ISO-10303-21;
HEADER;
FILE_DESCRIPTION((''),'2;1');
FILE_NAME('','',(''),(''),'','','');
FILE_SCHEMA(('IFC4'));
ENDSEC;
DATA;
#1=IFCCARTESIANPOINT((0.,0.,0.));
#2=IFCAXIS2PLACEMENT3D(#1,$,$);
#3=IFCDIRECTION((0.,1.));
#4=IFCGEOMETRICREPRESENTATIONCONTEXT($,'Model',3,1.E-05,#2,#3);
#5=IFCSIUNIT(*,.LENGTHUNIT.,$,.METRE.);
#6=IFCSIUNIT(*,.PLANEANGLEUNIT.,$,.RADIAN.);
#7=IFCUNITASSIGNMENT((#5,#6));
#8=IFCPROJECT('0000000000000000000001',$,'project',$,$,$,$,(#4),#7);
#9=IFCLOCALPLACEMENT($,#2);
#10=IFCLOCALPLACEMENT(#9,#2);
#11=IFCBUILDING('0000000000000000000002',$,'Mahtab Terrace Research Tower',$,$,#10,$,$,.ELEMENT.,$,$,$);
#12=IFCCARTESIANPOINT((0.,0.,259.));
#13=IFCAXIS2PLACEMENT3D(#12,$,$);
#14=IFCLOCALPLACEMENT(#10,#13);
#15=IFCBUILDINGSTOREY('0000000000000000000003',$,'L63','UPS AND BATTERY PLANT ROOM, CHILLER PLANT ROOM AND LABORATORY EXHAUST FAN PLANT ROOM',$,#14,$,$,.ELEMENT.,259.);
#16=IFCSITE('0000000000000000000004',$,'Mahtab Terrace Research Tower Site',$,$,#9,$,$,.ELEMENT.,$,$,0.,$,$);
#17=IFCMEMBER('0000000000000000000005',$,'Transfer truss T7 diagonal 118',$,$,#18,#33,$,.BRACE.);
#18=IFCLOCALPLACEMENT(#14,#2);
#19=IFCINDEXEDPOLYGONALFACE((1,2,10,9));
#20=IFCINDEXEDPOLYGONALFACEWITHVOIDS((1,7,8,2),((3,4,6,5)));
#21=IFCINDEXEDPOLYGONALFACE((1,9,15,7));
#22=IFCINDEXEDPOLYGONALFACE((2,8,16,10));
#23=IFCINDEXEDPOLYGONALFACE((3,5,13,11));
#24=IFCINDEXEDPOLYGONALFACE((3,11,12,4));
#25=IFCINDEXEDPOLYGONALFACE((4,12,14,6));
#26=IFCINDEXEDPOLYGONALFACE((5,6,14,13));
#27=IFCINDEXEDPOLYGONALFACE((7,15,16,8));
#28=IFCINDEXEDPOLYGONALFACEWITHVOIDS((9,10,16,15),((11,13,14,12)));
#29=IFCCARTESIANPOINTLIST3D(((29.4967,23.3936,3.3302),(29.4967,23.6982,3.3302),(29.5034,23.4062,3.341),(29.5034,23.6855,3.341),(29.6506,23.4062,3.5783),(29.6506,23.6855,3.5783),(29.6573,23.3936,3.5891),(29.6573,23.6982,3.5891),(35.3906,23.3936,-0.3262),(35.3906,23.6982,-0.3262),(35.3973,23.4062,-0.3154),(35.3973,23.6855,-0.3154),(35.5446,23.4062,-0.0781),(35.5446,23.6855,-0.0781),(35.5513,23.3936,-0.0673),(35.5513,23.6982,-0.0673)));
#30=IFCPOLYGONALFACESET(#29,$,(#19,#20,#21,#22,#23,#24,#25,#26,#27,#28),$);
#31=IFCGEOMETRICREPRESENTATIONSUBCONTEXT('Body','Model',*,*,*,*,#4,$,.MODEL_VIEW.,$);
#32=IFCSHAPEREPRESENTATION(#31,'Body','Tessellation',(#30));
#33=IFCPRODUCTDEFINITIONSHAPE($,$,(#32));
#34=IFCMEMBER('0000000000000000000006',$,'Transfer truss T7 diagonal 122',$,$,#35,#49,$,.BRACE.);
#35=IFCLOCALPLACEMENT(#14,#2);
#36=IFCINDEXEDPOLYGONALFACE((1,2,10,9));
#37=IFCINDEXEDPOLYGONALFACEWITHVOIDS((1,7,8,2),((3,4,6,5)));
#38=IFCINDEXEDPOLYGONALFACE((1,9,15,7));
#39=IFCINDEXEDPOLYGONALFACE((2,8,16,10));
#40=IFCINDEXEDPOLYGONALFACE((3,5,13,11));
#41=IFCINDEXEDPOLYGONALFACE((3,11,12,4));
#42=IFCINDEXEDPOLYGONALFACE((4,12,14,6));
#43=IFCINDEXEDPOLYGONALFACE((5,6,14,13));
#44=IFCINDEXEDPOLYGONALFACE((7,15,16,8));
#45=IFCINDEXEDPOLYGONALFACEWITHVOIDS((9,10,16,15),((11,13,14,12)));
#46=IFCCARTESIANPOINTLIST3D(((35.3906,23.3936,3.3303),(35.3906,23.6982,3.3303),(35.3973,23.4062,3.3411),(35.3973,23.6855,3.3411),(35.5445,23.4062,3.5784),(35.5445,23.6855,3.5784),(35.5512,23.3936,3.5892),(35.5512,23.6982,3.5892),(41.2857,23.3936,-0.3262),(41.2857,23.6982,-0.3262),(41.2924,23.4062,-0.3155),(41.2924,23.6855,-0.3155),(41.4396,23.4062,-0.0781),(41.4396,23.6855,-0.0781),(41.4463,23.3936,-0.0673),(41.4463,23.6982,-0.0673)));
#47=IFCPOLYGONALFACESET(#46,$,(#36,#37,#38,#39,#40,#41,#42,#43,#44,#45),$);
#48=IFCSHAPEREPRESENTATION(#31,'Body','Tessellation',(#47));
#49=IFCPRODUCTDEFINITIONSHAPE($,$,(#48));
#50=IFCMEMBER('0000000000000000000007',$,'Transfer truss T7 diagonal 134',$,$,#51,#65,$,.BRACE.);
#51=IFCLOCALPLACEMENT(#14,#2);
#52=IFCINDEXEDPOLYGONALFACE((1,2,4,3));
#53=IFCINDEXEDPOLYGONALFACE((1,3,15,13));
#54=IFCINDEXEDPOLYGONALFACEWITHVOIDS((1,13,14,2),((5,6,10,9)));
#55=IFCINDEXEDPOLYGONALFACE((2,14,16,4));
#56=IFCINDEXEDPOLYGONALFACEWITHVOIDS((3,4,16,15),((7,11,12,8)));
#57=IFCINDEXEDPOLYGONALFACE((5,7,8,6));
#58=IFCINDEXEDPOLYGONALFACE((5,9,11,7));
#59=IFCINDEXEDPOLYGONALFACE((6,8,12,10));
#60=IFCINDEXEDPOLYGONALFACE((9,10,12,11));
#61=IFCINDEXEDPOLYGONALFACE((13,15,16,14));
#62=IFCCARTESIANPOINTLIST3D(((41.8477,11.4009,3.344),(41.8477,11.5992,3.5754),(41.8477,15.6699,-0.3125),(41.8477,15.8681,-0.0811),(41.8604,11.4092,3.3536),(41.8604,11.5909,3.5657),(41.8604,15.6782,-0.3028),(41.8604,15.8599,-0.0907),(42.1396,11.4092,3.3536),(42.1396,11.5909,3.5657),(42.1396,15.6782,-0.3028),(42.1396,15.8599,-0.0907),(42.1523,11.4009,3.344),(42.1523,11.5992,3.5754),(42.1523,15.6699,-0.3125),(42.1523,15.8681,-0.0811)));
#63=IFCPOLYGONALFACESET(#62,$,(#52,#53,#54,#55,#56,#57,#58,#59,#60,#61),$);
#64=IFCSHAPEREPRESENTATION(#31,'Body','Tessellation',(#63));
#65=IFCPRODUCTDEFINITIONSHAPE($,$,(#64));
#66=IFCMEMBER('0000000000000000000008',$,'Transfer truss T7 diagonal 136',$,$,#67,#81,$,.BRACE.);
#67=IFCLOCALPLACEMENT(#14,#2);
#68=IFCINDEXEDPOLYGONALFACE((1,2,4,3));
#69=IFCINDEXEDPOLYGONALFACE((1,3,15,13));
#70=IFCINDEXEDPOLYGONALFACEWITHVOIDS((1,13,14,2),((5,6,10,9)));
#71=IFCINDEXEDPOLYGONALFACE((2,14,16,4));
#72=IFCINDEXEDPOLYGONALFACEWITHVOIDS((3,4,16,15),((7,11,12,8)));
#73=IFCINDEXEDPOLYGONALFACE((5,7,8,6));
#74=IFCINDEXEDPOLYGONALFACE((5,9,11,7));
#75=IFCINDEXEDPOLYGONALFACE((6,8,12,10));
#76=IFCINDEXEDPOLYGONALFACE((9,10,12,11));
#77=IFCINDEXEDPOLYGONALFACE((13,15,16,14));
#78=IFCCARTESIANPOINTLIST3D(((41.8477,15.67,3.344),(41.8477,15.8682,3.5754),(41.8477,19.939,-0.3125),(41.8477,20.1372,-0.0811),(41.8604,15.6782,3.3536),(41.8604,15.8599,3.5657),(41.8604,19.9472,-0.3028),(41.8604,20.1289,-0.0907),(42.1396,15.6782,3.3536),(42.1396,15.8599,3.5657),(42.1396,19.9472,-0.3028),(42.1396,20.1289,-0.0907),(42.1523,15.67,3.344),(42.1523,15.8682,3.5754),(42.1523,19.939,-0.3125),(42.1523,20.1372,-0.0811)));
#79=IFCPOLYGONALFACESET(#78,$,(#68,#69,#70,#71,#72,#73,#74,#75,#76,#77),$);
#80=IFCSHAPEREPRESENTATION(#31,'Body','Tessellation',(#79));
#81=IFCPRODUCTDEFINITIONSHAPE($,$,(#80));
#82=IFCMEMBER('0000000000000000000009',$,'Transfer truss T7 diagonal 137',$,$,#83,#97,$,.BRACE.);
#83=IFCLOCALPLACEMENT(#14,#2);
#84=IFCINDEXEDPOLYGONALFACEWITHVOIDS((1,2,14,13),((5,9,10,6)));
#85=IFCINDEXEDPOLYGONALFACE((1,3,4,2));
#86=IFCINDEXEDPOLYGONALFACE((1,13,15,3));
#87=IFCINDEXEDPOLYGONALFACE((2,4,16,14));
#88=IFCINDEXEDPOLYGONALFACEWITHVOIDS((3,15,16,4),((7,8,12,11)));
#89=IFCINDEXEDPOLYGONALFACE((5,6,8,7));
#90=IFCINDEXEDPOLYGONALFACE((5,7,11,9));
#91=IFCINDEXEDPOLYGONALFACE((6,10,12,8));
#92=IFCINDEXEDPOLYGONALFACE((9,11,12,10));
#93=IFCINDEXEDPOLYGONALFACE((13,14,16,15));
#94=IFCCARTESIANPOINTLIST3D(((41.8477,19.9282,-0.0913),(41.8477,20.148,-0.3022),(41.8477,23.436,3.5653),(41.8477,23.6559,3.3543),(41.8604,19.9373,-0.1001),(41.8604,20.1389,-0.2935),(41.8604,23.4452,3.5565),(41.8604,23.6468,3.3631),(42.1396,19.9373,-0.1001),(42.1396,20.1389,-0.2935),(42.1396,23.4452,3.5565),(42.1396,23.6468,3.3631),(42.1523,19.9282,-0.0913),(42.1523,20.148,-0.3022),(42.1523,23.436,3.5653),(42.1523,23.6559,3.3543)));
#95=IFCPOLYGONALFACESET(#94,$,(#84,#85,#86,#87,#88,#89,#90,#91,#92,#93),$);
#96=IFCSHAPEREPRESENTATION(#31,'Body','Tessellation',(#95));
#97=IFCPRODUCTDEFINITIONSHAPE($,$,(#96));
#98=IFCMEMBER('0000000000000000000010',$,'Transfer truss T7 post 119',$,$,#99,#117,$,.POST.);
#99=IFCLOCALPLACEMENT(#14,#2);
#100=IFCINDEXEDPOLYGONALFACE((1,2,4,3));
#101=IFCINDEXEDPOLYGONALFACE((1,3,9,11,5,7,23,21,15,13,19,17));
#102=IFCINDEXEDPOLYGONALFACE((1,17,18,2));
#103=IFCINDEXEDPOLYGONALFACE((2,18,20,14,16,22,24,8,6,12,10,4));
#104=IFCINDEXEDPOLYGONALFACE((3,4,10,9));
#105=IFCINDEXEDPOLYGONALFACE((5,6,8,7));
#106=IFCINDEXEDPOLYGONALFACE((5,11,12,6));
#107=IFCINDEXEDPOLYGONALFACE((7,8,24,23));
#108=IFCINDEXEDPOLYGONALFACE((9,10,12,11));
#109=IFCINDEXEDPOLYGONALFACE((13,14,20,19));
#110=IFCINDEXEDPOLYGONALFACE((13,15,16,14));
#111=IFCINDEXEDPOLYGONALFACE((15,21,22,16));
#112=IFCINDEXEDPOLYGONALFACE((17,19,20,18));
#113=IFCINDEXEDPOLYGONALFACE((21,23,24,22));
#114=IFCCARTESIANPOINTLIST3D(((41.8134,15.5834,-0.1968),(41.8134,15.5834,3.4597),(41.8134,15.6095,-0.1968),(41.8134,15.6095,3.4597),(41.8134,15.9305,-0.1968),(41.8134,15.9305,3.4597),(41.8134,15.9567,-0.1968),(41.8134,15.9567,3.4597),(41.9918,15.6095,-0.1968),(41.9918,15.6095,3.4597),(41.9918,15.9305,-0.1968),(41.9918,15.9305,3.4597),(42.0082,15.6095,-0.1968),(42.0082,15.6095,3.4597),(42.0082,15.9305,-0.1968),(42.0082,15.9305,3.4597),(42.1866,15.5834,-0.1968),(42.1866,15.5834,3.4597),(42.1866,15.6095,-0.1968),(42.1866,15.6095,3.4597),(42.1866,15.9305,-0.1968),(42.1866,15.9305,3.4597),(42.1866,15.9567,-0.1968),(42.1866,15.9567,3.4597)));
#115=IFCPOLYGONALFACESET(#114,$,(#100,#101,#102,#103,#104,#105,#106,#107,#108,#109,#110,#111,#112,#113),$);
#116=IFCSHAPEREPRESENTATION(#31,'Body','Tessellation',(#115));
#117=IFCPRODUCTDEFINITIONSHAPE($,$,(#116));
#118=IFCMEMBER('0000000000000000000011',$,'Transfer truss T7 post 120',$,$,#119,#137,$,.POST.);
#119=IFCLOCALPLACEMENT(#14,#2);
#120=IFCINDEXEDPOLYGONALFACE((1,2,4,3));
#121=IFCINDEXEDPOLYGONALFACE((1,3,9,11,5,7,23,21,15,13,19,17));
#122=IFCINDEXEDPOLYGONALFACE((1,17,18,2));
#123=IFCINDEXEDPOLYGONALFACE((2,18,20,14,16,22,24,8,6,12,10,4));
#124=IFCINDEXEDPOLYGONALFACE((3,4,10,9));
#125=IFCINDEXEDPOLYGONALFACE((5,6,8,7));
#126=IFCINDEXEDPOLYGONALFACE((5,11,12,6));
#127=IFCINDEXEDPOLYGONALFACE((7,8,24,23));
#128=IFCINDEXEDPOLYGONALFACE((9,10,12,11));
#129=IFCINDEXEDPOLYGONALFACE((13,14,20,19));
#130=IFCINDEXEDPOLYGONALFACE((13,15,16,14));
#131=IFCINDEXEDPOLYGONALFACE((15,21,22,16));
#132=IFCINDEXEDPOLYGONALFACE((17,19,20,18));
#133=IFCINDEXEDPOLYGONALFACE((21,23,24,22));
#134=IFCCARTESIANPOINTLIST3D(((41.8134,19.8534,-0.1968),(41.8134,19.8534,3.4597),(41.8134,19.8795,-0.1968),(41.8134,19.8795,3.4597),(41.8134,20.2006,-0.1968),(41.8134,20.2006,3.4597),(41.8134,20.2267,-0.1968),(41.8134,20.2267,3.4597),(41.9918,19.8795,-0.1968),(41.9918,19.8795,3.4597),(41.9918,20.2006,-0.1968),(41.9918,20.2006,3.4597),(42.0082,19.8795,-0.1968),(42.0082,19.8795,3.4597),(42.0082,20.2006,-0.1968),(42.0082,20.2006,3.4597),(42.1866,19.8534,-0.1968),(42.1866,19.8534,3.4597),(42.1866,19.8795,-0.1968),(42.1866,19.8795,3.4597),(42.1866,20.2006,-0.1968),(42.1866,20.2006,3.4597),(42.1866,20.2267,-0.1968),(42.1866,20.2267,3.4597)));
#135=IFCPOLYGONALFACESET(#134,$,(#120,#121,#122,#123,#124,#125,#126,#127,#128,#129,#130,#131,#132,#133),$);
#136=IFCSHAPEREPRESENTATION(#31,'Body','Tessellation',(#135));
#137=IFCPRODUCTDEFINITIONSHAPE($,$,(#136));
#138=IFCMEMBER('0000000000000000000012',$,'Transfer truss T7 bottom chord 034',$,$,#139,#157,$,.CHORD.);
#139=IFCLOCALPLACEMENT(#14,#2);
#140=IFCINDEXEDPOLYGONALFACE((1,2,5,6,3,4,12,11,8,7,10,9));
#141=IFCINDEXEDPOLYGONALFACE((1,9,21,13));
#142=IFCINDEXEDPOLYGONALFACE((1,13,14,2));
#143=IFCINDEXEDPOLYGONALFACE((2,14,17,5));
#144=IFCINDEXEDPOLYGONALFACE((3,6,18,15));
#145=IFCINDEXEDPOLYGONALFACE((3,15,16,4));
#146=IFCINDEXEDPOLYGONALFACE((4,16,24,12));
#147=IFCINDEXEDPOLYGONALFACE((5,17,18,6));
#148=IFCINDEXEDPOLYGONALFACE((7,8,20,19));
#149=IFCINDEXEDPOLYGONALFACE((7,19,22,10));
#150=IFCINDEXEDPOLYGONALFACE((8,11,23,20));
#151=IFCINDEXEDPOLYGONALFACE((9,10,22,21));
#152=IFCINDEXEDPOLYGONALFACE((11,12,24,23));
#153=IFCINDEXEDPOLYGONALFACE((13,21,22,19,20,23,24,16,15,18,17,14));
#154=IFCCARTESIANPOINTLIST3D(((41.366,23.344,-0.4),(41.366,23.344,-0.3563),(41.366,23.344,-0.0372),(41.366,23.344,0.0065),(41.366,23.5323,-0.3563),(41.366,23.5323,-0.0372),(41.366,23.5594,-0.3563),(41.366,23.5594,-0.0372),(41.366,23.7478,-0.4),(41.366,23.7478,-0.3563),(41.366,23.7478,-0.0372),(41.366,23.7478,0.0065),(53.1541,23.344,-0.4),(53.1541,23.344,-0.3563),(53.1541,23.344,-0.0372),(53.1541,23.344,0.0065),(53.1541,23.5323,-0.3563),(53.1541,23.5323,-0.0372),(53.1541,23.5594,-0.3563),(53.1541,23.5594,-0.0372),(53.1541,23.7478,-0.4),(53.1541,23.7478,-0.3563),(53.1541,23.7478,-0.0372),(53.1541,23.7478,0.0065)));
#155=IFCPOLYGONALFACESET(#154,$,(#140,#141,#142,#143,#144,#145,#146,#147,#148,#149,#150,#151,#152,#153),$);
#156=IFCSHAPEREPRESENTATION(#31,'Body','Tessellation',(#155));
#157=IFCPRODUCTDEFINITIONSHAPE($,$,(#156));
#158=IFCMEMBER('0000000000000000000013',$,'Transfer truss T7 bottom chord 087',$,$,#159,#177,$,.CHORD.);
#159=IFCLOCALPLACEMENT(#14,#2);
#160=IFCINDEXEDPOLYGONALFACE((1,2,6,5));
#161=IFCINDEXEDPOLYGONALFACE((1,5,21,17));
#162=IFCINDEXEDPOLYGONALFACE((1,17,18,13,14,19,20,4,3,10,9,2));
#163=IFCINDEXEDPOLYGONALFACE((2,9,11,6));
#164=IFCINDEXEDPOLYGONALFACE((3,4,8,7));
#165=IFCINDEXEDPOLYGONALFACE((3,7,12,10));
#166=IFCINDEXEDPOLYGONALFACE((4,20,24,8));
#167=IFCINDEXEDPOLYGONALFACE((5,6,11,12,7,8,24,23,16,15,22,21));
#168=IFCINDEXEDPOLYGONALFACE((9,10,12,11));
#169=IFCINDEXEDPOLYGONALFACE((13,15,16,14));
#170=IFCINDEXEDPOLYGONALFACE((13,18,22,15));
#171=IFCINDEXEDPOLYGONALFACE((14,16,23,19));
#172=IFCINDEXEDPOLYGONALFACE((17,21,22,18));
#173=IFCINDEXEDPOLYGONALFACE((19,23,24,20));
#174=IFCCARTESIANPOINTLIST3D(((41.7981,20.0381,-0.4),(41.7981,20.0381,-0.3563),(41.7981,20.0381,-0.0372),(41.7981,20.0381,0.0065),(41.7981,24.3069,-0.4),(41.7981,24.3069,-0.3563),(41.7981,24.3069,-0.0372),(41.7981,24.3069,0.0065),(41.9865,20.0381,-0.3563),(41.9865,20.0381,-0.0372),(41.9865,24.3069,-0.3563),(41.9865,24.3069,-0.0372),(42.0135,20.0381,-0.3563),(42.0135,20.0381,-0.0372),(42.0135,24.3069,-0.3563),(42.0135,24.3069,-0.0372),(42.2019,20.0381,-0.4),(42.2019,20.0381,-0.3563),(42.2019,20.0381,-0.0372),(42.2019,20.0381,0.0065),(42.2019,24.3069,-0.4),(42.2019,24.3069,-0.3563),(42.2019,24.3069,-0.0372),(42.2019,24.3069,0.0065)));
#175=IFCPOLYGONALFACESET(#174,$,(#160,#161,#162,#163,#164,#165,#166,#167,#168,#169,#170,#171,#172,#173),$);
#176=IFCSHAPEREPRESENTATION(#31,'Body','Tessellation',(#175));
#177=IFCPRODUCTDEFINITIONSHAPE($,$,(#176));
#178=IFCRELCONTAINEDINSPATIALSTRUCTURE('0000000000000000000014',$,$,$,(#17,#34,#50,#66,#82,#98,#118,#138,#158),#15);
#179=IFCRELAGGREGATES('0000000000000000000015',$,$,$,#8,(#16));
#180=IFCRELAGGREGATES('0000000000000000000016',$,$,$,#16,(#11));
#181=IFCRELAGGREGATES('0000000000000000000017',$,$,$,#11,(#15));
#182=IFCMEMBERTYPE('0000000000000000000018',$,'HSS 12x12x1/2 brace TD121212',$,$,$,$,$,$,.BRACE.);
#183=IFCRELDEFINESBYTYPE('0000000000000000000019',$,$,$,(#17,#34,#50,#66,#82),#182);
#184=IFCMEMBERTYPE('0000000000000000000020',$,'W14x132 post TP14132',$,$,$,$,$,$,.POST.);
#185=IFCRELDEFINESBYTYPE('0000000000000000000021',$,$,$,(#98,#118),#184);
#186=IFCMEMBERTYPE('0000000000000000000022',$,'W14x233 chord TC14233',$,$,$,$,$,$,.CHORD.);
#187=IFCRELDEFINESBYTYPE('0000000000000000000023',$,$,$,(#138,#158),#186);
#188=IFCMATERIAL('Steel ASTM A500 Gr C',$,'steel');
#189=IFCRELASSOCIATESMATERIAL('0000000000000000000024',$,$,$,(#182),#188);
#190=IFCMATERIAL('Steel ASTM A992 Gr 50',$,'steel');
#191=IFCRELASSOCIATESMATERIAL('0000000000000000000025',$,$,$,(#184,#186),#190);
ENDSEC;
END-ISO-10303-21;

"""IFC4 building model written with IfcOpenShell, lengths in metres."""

from ifc_helpers import new_model, si_unit, direction, frame, origin, origin_2d, place, context, subcontext, project, spatial, hollow_rectangle, i_section, extrude, material, material_profile, profile_set, type_object, element, save


model = new_model("IFC4")

# Units and contexts
model_context = context("Model", 3, precision=1e-05, world=origin(), true_north=direction((0.0, 1.0)))
body_context = subcontext(model_context, "Body", "Model", "MODEL_VIEW")
ifc_project = project(units=[si_unit("LENGTHUNIT", "METRE"), si_unit("PLANEANGLEUNIT", "RADIAN")], contexts=[model_context])

# Site, building, storey
site_placement = place(None, origin())
site = spatial("IfcSite", under=ifc_project, at=site_placement, Name="Mahtab Terrace Research Tower Site", CompositionType="ELEMENT", RefElevation=0.0)
building_placement = place(site_placement, origin())
building = spatial("IfcBuilding", under=site, at=building_placement, Name="Mahtab Terrace Research Tower", CompositionType="ELEMENT")
storey_placement = place(building_placement, frame((0.0, 0.0, 259.0)))
storey = spatial("IfcBuildingStorey", under=building, at=storey_placement, Name="L63", Description="UPS AND BATTERY PLANT ROOM, CHILLER PLANT ROOM AND LABORATORY EXHAUST FAN PLANT ROOM", CompositionType="ELEMENT", Elevation=259.0)

# Members
ifc_material_1 = material(Name="Steel ASTM A500 Gr C", Category="steel")
ifc_material_profile_1 = material_profile(ifc_material_1, hollow_rectangle(XDim=0.3047, YDim=0.3047, WallThickness=0.0127, at=origin_2d()), Name="HSS12X12X1/2")
ifc_profile_set_1 = profile_set([ifc_material_profile_1], Name="Steel ASTM A500 Gr C")
member_type_1 = type_object("IfcMemberType", Name="HSS 12x12x1/2 brace TD121212", PredefinedType="BRACE", material=ifc_profile_set_1)
member_1_placement = place(storey_placement, frame((35.4709, 23.5459, -0.1968), z_axis=(-0.849761, 0.0, 0.527167), x_axis=(0.0, -1.0, 0.0)))
element("IfcMember", 1, at=member_1_placement, inside=storey, type_object=member_type_1, Name="Transfer truss T7 diagonal 118", PredefinedType="BRACE", context=body_context, shape_type="SweptSolid", body=[
    extrude(hollow_rectangle(XDim=0.3047, YDim=0.3047, WallThickness=0.0127, at=origin_2d()), origin(), (0.0, 0.0, 1.0), 6.936),
])
member_2_placement = place(storey_placement, frame((41.366, 23.5459, -0.1968), z_axis=(-0.849801, 0.0, 0.527104), x_axis=(0.0, -1.0, 0.0)))
element("IfcMember", 2, at=member_2_placement, inside=storey, type_object=member_type_1, Name="Transfer truss T7 diagonal 122", PredefinedType="BRACE", context=body_context, shape_type="SweptSolid", body=[
    extrude(hollow_rectangle(XDim=0.3047, YDim=0.3047, WallThickness=0.0127, at=origin_2d()), origin(), (0.0, 0.0, 1.0), 6.937),
])
for number, where, z_axis, x_axis, name in (
    (3, (42.0, 15.769, -0.1968), (0.0, -0.759493, 0.650516), (1.0, 0.0, 0.0), "Transfer truss T7 diagonal 134"),
    (4, (42.0, 20.0381, -0.1968), (0.0, -0.759493, 0.650516), (1.0, 0.0, 0.0), "Transfer truss T7 diagonal 136"),
):
    element("IfcMember", number, at=place(storey_placement, frame(where, z_axis=z_axis, x_axis=x_axis)), inside=storey, type_object=member_type_1, Name=name, PredefinedType="BRACE", context=body_context, shape_type="SweptSolid", body=[
        extrude(hollow_rectangle(XDim=0.3047, YDim=0.3047, WallThickness=0.0127, at=origin_2d()), origin(), (0.0, 0.0, 1.0), 5.6208),
    ])
member_3_placement = place(storey_placement, frame((42.0, 20.0381, -0.1968), z_axis=(0.0, 0.692283, 0.721626), x_axis=(-1.0, 0.0, 0.0)))
element("IfcMember", 5, at=member_3_placement, inside=storey, type_object=member_type_1, Name="Transfer truss T7 diagonal 137", PredefinedType="BRACE", context=body_context, shape_type="SweptSolid", body=[
    extrude(hollow_rectangle(XDim=0.3047, YDim=0.3047, WallThickness=0.0127, at=origin_2d()), origin(), (0.0, 0.0, 1.0), 5.0671),
])
ifc_material_2 = material(Name="Steel ASTM A992 Gr 50", Category="steel")
ifc_material_profile_2 = material_profile(ifc_material_2, i_section(OverallWidth=0.3733, OverallDepth=0.3733, WebThickness=0.0164, FlangeThickness=0.0261, at=origin_2d()), Name="W14X132")
ifc_profile_set_2 = profile_set([ifc_material_profile_2], Name="Steel ASTM A992 Gr 50")
member_type_2 = type_object("IfcMemberType", Name="W14x132 post TP14132", PredefinedType="POST", material=ifc_profile_set_2)
for number, where, z_axis, x_axis, name in (
    (6, (42.0, 15.77, -0.1968), (0.0, 0.0, 1.0), (1.0, 0.0, 0.0), "Transfer truss T7 post 119"),
    (7, (42.0, 20.04, -0.1968), (0.0, 0.0, 1.0), (1.0, 0.0, 0.0), "Transfer truss T7 post 120"),
):
    element("IfcMember", number, at=place(storey_placement, frame(where, z_axis=z_axis, x_axis=x_axis)), inside=storey, type_object=member_type_2, Name=name, PredefinedType="POST", context=body_context, shape_type="SweptSolid", body=[
        extrude(i_section(OverallWidth=0.3733, OverallDepth=0.3733, WebThickness=0.0164, FlangeThickness=0.0261, at=origin_2d()), origin(), (0.0, 0.0, 1.0), 3.6565),
    ])
ifc_material_profile_3 = material_profile(ifc_material_2, i_section(OverallWidth=0.4038, OverallDepth=0.4065, WebThickness=0.0271, FlangeThickness=0.0437, at=origin_2d()), Name="W14X233")
ifc_profile_set_3 = profile_set([ifc_material_profile_3], Name="Steel ASTM A992 Gr 50")
member_type_3 = type_object("IfcMemberType", Name="W14x233 chord TC14233", PredefinedType="CHORD", material=ifc_profile_set_3)
member_4_placement = place(storey_placement, frame((41.366, 23.5459, -0.1968), z_axis=(1.0, 0.0, 0.0), x_axis=(0.0, 1.0, 0.0)))
element("IfcMember", 8, at=member_4_placement, inside=storey, type_object=member_type_3, Name="Transfer truss T7 bottom chord 034", PredefinedType="CHORD", context=body_context, shape_type="SweptSolid", body=[
    extrude(i_section(OverallWidth=0.4038, OverallDepth=0.4065, WebThickness=0.0271, FlangeThickness=0.0437, at=origin_2d()), origin(), (0.0, 0.0, 1.0), 11.7881),
])
member_5_placement = place(storey_placement, frame((42.0, 20.0381, -0.1968), z_axis=(0.0, 1.0, 0.0), x_axis=(-1.0, 0.0, 0.0)))
element("IfcMember", 9, at=member_5_placement, inside=storey, type_object=member_type_3, Name="Transfer truss T7 bottom chord 087", PredefinedType="CHORD", context=body_context, shape_type="SweptSolid", body=[
    extrude(i_section(OverallWidth=0.4038, OverallDepth=0.4065, WebThickness=0.0271, FlangeThickness=0.0437, at=origin_2d()), origin(), (0.0, 0.0, 1.0), 4.2688),
])

save(model, "model.ifc")
